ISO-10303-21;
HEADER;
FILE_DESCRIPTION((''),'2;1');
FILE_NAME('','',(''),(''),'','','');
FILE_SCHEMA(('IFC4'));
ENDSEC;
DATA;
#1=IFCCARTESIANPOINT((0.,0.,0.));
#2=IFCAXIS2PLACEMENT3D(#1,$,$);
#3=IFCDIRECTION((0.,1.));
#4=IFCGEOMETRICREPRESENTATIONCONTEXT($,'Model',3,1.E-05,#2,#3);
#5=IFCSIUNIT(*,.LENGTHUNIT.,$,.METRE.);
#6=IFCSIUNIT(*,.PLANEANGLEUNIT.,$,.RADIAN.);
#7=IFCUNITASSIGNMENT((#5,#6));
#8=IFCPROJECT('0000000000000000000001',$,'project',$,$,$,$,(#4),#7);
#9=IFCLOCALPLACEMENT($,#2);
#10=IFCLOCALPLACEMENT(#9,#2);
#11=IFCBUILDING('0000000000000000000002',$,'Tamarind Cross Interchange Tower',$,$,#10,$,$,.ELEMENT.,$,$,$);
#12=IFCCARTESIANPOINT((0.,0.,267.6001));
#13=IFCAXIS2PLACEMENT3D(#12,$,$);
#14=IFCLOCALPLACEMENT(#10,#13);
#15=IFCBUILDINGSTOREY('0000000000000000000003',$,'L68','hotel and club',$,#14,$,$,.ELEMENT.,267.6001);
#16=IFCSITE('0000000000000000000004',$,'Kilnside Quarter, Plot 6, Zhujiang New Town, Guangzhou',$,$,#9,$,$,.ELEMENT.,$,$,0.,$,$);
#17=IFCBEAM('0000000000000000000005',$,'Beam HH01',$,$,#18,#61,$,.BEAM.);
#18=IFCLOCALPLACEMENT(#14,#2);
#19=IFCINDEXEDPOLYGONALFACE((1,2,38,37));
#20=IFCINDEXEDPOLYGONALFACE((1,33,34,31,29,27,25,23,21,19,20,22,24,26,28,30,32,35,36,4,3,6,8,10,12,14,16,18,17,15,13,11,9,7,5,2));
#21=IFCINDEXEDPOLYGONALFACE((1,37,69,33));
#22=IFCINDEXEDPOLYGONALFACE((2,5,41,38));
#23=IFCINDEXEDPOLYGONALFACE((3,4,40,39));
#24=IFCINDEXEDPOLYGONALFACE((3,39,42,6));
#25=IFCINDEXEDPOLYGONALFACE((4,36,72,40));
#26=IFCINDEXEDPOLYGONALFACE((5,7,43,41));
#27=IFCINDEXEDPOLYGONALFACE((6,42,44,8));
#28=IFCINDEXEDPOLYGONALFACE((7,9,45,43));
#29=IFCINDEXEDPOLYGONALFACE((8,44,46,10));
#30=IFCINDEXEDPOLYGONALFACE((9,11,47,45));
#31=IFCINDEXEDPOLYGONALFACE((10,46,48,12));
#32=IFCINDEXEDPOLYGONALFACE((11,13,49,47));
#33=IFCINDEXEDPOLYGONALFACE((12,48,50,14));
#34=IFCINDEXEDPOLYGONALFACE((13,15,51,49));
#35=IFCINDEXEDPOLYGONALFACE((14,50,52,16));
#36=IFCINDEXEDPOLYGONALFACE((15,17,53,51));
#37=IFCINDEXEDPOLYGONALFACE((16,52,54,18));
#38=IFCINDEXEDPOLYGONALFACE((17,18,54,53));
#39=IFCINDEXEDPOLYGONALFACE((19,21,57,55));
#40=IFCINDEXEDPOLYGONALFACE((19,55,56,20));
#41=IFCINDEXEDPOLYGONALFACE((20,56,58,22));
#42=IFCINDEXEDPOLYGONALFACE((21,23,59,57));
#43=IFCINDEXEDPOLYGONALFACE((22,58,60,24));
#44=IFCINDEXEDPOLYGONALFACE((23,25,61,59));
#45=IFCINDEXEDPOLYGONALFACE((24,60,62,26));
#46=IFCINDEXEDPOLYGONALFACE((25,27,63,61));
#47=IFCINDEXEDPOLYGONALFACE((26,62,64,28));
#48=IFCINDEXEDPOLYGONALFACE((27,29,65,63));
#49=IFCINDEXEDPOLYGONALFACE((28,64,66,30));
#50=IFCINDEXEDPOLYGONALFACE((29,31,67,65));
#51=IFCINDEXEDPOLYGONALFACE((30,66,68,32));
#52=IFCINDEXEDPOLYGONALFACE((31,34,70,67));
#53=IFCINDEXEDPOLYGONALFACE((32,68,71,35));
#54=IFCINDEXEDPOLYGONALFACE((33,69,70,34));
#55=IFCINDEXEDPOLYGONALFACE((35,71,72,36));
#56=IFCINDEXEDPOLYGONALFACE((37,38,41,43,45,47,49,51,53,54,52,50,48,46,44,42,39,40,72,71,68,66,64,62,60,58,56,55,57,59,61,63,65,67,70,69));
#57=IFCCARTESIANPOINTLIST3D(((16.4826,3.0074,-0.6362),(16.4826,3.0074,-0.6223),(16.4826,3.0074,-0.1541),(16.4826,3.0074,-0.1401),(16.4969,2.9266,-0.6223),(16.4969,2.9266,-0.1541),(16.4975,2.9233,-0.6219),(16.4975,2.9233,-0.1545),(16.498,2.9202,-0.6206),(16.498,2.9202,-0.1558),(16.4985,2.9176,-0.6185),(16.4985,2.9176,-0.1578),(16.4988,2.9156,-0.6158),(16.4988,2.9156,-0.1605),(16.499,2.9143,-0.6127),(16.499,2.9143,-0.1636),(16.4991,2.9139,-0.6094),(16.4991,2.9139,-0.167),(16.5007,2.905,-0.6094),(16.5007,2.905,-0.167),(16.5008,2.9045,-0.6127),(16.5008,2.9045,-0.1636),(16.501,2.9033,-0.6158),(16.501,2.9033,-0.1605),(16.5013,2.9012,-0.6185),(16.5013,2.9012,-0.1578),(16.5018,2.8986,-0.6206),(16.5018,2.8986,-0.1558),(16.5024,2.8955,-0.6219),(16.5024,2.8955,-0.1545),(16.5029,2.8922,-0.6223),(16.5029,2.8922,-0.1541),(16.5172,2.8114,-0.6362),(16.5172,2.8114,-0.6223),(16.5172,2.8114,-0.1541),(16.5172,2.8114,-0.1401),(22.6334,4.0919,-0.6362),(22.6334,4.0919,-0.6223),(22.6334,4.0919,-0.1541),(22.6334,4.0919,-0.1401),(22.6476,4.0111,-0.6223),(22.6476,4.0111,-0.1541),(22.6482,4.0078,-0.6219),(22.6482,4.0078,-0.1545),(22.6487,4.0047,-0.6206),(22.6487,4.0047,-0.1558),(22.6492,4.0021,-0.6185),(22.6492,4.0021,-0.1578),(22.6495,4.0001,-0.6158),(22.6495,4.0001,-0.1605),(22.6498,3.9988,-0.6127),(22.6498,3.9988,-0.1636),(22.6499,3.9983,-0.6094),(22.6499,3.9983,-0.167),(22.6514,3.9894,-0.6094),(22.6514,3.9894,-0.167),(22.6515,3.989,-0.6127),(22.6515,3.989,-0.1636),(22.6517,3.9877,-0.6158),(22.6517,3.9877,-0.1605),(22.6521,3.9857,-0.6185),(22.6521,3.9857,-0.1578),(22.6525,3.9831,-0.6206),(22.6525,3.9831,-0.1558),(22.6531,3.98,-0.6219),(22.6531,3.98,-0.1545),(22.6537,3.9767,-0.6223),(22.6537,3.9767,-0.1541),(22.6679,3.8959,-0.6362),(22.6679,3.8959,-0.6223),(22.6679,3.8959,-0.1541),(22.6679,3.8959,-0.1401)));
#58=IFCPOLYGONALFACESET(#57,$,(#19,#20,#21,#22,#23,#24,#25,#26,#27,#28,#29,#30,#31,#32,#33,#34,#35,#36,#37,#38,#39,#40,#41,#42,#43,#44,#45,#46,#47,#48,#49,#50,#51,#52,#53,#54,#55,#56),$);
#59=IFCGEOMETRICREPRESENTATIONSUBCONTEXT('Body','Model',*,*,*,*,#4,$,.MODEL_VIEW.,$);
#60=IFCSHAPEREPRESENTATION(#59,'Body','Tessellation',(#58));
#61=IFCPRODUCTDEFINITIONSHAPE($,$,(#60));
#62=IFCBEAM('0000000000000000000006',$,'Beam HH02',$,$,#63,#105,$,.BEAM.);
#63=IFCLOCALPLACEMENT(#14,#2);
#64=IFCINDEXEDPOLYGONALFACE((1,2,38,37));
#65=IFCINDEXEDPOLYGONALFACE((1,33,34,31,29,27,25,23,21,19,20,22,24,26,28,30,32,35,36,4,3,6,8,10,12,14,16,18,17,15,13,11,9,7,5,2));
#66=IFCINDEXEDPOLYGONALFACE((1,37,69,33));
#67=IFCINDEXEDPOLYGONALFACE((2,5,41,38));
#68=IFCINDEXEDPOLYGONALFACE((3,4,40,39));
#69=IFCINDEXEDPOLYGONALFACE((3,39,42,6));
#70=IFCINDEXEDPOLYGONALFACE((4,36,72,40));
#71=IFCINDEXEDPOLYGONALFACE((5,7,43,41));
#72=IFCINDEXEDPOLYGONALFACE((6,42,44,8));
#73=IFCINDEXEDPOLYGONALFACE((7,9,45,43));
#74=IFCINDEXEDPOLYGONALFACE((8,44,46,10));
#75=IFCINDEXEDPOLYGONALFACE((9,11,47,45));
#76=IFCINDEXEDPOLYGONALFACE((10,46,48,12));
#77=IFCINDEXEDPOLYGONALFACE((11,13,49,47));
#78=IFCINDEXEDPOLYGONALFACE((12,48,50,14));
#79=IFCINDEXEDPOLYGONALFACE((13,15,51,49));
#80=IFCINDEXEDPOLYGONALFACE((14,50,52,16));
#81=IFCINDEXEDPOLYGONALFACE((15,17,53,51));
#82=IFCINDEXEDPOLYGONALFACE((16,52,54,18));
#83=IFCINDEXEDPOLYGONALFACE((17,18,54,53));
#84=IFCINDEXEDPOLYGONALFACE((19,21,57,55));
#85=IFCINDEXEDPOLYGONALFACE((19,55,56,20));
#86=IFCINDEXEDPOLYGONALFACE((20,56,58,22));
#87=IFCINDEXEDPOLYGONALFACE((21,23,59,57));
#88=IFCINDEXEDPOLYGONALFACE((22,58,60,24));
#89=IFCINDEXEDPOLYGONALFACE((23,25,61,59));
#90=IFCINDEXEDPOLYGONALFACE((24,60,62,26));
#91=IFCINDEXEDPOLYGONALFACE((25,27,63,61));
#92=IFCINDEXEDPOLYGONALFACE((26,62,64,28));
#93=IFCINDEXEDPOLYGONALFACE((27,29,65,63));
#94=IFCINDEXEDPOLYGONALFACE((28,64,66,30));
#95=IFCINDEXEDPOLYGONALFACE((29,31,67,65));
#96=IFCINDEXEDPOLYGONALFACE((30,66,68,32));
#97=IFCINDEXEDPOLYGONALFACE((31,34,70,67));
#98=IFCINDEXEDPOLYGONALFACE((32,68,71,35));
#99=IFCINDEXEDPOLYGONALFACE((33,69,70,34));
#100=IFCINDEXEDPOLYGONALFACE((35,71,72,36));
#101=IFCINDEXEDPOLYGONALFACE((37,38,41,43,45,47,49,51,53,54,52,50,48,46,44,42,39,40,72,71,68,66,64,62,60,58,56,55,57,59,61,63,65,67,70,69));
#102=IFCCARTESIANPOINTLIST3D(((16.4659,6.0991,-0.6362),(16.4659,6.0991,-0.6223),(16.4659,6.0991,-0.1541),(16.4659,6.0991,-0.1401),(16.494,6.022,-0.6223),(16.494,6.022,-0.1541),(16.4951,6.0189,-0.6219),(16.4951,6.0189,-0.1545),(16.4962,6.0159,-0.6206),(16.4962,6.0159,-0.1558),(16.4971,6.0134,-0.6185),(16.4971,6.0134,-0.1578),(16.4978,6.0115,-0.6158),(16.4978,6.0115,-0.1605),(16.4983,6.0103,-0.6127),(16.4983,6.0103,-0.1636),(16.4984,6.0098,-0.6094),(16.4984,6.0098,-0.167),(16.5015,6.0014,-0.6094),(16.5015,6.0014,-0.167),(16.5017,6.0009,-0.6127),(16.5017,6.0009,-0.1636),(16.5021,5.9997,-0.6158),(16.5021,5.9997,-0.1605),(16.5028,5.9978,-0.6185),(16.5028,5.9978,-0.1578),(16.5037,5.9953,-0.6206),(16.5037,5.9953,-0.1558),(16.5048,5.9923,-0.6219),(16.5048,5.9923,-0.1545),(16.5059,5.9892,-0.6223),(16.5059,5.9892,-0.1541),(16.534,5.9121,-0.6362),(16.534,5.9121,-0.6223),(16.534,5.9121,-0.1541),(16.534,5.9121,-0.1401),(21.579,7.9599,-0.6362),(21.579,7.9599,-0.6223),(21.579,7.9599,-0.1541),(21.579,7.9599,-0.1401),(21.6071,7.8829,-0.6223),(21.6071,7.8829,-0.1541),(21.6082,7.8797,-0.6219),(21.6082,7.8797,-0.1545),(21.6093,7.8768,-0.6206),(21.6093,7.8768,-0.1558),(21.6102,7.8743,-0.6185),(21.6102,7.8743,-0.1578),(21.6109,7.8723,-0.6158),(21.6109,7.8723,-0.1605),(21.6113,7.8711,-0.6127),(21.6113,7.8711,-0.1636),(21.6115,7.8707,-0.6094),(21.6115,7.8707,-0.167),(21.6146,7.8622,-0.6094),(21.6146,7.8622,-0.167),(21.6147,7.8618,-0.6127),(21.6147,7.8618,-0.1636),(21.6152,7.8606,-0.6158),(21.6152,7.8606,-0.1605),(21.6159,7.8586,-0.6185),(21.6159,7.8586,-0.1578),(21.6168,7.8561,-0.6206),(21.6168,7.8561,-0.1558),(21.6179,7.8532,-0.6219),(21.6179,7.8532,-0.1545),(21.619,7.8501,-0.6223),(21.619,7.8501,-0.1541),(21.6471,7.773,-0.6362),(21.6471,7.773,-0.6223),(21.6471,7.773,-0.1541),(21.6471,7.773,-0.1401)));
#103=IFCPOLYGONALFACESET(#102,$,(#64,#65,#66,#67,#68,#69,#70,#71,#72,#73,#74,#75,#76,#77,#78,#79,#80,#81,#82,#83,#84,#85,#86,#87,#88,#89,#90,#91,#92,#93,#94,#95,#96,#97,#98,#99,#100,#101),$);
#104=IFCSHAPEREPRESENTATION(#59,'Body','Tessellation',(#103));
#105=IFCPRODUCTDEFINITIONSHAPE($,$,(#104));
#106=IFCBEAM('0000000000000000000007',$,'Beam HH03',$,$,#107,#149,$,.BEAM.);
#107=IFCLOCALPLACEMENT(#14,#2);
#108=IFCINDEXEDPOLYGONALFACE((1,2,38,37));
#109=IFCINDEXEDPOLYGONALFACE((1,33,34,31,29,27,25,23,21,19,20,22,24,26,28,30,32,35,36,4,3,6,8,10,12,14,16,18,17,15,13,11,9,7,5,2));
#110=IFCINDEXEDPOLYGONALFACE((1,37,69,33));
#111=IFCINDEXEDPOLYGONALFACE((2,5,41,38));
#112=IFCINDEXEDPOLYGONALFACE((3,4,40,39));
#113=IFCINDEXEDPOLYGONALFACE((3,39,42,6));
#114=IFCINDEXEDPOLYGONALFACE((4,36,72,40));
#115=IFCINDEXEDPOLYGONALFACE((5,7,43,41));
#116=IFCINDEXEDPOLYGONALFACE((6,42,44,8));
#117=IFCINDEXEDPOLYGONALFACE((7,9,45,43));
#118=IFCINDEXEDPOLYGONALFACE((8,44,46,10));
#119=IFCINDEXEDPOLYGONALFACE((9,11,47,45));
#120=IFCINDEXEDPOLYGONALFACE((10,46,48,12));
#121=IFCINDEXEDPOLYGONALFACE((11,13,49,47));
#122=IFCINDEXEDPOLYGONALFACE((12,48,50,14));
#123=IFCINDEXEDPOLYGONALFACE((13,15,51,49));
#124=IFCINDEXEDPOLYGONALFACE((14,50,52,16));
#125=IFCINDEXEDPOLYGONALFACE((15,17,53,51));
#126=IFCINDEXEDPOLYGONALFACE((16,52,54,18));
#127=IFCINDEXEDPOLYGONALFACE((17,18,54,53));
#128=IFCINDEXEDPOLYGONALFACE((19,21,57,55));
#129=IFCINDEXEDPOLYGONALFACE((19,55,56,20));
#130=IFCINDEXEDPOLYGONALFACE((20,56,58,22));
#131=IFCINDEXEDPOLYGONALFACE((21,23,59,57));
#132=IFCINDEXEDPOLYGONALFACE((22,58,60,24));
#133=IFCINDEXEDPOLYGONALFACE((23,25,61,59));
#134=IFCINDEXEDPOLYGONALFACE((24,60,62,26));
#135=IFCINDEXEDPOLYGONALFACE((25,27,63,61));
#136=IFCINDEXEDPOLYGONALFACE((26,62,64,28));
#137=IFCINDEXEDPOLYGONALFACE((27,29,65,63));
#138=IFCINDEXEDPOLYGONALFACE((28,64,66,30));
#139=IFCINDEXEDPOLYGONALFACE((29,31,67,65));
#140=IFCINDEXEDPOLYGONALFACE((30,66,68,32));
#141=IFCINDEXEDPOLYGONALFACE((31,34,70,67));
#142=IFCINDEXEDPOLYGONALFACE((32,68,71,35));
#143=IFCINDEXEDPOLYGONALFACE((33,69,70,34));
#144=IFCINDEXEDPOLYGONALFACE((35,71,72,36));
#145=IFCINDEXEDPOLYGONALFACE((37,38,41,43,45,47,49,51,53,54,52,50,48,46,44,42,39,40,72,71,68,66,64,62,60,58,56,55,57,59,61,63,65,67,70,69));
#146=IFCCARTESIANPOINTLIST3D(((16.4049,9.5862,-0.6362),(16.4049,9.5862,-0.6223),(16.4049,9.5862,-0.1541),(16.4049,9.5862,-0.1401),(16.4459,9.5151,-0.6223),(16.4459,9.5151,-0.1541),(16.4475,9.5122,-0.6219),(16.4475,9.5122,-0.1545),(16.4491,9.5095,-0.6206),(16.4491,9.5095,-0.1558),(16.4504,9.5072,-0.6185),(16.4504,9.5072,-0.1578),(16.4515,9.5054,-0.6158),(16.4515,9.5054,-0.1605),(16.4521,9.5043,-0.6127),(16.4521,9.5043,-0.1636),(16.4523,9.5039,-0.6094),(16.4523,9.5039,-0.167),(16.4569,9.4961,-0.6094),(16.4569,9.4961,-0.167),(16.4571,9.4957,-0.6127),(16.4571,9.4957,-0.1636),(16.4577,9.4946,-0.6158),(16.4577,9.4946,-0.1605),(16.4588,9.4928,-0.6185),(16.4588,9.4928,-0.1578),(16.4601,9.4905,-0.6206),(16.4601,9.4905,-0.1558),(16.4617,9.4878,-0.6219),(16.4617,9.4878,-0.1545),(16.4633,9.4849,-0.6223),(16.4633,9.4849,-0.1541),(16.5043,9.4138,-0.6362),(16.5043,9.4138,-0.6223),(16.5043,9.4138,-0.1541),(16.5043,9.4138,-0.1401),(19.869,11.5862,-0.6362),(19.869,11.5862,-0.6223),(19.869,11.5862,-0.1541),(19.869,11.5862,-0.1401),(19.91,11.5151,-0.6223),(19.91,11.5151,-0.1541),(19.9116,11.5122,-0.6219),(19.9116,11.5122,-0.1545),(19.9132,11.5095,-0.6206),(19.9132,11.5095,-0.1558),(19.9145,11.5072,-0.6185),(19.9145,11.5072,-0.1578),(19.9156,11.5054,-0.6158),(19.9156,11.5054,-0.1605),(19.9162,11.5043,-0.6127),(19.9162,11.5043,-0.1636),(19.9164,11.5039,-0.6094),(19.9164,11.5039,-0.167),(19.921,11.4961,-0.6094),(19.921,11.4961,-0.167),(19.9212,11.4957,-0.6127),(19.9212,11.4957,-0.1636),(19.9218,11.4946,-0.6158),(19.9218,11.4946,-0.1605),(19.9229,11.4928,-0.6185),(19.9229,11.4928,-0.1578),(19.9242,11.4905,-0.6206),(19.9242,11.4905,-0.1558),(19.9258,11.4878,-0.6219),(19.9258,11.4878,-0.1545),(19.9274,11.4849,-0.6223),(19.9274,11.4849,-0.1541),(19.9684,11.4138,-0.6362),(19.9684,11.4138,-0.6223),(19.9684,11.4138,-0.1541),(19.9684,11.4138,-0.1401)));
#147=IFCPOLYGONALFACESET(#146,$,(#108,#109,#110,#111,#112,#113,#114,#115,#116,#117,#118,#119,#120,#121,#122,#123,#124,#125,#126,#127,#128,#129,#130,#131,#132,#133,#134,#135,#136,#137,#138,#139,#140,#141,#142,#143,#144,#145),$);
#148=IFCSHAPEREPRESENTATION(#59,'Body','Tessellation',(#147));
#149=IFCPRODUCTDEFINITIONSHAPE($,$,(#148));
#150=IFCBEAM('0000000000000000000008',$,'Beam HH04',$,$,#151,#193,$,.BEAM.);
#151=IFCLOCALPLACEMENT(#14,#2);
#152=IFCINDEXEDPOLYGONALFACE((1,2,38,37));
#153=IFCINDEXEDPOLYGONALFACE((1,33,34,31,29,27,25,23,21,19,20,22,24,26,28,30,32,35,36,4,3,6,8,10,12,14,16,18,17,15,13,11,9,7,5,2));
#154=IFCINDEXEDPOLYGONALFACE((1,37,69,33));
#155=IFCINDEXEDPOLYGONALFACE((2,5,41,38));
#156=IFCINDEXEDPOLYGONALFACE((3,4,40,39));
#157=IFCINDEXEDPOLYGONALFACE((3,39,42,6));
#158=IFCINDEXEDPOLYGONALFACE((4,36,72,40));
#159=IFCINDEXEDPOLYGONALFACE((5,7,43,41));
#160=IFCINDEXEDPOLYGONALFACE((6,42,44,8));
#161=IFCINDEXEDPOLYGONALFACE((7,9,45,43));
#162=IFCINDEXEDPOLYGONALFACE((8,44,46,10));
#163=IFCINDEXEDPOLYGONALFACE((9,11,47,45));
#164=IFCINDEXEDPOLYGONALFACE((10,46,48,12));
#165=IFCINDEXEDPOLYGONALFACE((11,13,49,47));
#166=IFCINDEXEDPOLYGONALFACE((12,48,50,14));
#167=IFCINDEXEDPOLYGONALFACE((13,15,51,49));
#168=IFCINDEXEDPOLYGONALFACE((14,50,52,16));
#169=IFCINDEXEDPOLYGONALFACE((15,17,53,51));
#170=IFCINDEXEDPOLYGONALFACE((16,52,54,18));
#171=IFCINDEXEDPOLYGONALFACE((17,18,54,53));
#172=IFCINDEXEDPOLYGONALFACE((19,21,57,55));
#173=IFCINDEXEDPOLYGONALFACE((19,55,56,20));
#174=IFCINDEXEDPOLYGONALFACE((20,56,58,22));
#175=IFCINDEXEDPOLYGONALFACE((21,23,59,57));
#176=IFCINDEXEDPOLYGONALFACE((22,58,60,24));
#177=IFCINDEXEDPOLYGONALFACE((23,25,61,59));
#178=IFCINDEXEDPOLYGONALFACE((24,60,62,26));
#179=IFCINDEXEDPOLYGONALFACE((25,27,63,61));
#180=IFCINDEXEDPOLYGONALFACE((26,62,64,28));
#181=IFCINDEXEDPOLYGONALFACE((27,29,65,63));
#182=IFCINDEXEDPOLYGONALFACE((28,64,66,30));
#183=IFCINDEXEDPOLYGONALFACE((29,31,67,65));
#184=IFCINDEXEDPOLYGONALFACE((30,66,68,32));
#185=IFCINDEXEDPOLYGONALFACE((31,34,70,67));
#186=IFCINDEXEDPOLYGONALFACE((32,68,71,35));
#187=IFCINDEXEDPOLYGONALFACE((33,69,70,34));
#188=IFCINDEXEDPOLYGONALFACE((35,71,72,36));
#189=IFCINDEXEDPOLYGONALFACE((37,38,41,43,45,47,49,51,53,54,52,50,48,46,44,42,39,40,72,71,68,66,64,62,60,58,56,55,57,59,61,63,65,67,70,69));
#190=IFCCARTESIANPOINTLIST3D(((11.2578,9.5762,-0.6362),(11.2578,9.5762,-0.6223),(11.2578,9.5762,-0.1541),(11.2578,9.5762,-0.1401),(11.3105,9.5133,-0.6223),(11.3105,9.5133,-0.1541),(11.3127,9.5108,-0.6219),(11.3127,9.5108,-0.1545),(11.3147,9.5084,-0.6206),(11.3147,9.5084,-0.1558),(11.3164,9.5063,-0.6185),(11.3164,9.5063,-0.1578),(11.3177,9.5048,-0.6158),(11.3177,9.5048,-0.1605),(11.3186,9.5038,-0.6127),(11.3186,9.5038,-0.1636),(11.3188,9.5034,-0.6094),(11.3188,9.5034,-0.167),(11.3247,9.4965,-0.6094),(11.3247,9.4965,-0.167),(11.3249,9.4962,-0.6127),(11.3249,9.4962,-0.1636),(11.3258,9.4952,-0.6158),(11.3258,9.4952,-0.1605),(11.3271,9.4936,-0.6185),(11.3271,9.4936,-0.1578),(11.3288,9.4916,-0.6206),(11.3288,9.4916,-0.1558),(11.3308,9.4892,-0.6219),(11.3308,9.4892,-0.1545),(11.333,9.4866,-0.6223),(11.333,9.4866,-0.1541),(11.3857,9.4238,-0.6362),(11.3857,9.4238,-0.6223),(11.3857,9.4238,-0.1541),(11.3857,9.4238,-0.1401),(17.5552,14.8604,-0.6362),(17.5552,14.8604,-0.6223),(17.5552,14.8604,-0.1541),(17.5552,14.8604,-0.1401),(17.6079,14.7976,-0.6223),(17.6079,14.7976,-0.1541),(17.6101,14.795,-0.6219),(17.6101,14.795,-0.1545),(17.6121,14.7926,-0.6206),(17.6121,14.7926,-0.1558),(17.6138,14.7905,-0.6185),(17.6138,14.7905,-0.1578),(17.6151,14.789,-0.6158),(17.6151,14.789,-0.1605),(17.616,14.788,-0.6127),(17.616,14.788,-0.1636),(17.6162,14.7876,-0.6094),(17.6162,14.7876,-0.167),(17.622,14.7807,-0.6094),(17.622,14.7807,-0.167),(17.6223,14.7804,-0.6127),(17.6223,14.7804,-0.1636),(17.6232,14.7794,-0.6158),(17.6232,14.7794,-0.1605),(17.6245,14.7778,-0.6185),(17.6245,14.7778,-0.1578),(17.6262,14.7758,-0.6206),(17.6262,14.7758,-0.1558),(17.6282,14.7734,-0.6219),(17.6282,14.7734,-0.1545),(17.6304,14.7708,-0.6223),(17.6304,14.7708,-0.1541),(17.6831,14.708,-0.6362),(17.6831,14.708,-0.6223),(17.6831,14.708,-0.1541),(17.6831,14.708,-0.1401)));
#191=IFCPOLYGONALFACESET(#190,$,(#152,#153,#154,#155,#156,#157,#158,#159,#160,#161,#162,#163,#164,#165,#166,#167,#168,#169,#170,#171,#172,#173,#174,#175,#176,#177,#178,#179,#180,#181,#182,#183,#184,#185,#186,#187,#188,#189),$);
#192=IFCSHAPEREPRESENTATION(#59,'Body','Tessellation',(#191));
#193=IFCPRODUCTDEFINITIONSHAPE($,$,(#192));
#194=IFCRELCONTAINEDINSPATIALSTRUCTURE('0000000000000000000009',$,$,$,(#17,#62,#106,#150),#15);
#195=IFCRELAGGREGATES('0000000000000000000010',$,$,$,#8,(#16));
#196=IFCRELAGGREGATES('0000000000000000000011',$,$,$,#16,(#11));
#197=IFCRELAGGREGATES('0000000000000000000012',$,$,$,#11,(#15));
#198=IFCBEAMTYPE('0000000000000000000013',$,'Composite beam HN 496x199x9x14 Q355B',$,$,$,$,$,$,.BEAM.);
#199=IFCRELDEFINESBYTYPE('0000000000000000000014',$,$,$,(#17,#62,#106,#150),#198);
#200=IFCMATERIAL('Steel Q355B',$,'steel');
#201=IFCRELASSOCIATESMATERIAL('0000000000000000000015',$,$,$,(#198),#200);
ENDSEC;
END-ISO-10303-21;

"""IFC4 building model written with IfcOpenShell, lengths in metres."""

from ifc_helpers import new_model, si_unit, direction, frame, origin, origin_2d, place, context, subcontext, project, spatial, i_section, extrude, material, material_profile, profile_set, type_object, element, save


model = new_model("IFC4")

# Units and contexts
model_context = context("Model", 3, precision=1e-05, world=origin(), true_north=direction((0.0, 1.0)))
body_context = subcontext(model_context, "Body", "Model", "MODEL_VIEW")
ifc_project = project(units=[si_unit("LENGTHUNIT", "METRE"), si_unit("PLANEANGLEUNIT", "RADIAN")], contexts=[model_context])

# Site, building, storey
site_placement = place(None, origin())
site = spatial("IfcSite", under=ifc_project, at=site_placement, Name="Kilnside Quarter, Plot 6, Zhujiang New Town, Guangzhou", CompositionType="ELEMENT", RefElevation=0.0)
building_placement = place(site_placement, origin())
building = spatial("IfcBuilding", under=site, at=building_placement, Name="Tamarind Cross Interchange Tower", CompositionType="ELEMENT")
storey_placement = place(building_placement, frame((0.0, 0.0, 267.6001)))
storey = spatial("IfcBuildingStorey", under=building, at=storey_placement, Name="L68", Description="hotel and club", CompositionType="ELEMENT", Elevation=267.6001)

# Beams
ifc_material_1 = material(Name="Steel Q355B", Category="steel")
ifc_material_profile_1 = material_profile(ifc_material_1, i_section(OverallWidth=0.199, OverallDepth=0.4961, WebThickness=0.009, FlangeThickness=0.0139, FilletRadius=0.0129, at=origin_2d()), Name="HN 496x199x9x14")
ifc_profile_set_1 = profile_set([ifc_material_profile_1], Name="Steel Q355B")
beam_type = type_object("IfcBeamType", Name="Composite beam HN 496x199x9x14 Q355B", PredefinedType="BEAM", material=ifc_profile_set_1)
beam_1_placement = place(storey_placement, frame((22.6506, 3.9939, -0.3882), z_axis=(-0.984809, -0.17364, 0.0), x_axis=(0.17364, -0.984809, 0.0)))
element("IfcBeam", 1, at=beam_1_placement, inside=storey, type_object=beam_type, Name="Beam HH01", PredefinedType="BEAM", context=body_context, shape_type="SweptSolid", body=[
    extrude(i_section(OverallWidth=0.199, OverallDepth=0.4961, WebThickness=0.009, FlangeThickness=0.0139, FilletRadius=0.0129, at=origin_2d()), origin(), (0.0, 0.0, 1.0), 6.2456),
])
beam_2_placement = place(storey_placement, frame((21.613, 7.8665, -0.3882), z_axis=(-0.939702, -0.341995, 0.0), x_axis=(0.341995, -0.939702, 0.0)))
element("IfcBeam", 2, at=beam_2_placement, inside=storey, type_object=beam_type, Name="Beam HH02", PredefinedType="BEAM", context=body_context, shape_type="SweptSolid", body=[
    extrude(i_section(OverallWidth=0.199, OverallDepth=0.4961, WebThickness=0.009, FlangeThickness=0.0139, FilletRadius=0.0129, at=origin_2d()), origin(), (0.0, 0.0, 1.0), 5.4412),
])
beam_3_placement = place(storey_placement, frame((19.9187, 11.5, -0.3882), z_axis=(-0.866026, -0.499999, 0.0), x_axis=(0.499999, -0.866026, 0.0)))
element("IfcBeam", 3, at=beam_3_placement, inside=storey, type_object=beam_type, Name="Beam HH03", PredefinedType="BEAM", context=body_context, shape_type="SweptSolid", body=[
    extrude(i_section(OverallWidth=0.199, OverallDepth=0.4961, WebThickness=0.009, FlangeThickness=0.0139, FilletRadius=0.0129, at=origin_2d()), origin(), (0.0, 0.0, 1.0), 4.0),
])
beam_4_placement = place(storey_placement, frame((17.6191, 14.7842, -0.3882), z_axis=(-0.766041, -0.642792, 0.0), x_axis=(0.642792, -0.766041, 0.0)))
element("IfcBeam", 4, at=beam_4_placement, inside=storey, type_object=beam_type, Name="Beam HH04", PredefinedType="BEAM", context=body_context, shape_type="SweptSolid", body=[
    extrude(i_section(OverallWidth=0.199, OverallDepth=0.4961, WebThickness=0.009, FlangeThickness=0.0139, FilletRadius=0.0129, at=origin_2d()), origin(), (0.0, 0.0, 1.0), 8.2207),
])

save(model, "model.ifc")
